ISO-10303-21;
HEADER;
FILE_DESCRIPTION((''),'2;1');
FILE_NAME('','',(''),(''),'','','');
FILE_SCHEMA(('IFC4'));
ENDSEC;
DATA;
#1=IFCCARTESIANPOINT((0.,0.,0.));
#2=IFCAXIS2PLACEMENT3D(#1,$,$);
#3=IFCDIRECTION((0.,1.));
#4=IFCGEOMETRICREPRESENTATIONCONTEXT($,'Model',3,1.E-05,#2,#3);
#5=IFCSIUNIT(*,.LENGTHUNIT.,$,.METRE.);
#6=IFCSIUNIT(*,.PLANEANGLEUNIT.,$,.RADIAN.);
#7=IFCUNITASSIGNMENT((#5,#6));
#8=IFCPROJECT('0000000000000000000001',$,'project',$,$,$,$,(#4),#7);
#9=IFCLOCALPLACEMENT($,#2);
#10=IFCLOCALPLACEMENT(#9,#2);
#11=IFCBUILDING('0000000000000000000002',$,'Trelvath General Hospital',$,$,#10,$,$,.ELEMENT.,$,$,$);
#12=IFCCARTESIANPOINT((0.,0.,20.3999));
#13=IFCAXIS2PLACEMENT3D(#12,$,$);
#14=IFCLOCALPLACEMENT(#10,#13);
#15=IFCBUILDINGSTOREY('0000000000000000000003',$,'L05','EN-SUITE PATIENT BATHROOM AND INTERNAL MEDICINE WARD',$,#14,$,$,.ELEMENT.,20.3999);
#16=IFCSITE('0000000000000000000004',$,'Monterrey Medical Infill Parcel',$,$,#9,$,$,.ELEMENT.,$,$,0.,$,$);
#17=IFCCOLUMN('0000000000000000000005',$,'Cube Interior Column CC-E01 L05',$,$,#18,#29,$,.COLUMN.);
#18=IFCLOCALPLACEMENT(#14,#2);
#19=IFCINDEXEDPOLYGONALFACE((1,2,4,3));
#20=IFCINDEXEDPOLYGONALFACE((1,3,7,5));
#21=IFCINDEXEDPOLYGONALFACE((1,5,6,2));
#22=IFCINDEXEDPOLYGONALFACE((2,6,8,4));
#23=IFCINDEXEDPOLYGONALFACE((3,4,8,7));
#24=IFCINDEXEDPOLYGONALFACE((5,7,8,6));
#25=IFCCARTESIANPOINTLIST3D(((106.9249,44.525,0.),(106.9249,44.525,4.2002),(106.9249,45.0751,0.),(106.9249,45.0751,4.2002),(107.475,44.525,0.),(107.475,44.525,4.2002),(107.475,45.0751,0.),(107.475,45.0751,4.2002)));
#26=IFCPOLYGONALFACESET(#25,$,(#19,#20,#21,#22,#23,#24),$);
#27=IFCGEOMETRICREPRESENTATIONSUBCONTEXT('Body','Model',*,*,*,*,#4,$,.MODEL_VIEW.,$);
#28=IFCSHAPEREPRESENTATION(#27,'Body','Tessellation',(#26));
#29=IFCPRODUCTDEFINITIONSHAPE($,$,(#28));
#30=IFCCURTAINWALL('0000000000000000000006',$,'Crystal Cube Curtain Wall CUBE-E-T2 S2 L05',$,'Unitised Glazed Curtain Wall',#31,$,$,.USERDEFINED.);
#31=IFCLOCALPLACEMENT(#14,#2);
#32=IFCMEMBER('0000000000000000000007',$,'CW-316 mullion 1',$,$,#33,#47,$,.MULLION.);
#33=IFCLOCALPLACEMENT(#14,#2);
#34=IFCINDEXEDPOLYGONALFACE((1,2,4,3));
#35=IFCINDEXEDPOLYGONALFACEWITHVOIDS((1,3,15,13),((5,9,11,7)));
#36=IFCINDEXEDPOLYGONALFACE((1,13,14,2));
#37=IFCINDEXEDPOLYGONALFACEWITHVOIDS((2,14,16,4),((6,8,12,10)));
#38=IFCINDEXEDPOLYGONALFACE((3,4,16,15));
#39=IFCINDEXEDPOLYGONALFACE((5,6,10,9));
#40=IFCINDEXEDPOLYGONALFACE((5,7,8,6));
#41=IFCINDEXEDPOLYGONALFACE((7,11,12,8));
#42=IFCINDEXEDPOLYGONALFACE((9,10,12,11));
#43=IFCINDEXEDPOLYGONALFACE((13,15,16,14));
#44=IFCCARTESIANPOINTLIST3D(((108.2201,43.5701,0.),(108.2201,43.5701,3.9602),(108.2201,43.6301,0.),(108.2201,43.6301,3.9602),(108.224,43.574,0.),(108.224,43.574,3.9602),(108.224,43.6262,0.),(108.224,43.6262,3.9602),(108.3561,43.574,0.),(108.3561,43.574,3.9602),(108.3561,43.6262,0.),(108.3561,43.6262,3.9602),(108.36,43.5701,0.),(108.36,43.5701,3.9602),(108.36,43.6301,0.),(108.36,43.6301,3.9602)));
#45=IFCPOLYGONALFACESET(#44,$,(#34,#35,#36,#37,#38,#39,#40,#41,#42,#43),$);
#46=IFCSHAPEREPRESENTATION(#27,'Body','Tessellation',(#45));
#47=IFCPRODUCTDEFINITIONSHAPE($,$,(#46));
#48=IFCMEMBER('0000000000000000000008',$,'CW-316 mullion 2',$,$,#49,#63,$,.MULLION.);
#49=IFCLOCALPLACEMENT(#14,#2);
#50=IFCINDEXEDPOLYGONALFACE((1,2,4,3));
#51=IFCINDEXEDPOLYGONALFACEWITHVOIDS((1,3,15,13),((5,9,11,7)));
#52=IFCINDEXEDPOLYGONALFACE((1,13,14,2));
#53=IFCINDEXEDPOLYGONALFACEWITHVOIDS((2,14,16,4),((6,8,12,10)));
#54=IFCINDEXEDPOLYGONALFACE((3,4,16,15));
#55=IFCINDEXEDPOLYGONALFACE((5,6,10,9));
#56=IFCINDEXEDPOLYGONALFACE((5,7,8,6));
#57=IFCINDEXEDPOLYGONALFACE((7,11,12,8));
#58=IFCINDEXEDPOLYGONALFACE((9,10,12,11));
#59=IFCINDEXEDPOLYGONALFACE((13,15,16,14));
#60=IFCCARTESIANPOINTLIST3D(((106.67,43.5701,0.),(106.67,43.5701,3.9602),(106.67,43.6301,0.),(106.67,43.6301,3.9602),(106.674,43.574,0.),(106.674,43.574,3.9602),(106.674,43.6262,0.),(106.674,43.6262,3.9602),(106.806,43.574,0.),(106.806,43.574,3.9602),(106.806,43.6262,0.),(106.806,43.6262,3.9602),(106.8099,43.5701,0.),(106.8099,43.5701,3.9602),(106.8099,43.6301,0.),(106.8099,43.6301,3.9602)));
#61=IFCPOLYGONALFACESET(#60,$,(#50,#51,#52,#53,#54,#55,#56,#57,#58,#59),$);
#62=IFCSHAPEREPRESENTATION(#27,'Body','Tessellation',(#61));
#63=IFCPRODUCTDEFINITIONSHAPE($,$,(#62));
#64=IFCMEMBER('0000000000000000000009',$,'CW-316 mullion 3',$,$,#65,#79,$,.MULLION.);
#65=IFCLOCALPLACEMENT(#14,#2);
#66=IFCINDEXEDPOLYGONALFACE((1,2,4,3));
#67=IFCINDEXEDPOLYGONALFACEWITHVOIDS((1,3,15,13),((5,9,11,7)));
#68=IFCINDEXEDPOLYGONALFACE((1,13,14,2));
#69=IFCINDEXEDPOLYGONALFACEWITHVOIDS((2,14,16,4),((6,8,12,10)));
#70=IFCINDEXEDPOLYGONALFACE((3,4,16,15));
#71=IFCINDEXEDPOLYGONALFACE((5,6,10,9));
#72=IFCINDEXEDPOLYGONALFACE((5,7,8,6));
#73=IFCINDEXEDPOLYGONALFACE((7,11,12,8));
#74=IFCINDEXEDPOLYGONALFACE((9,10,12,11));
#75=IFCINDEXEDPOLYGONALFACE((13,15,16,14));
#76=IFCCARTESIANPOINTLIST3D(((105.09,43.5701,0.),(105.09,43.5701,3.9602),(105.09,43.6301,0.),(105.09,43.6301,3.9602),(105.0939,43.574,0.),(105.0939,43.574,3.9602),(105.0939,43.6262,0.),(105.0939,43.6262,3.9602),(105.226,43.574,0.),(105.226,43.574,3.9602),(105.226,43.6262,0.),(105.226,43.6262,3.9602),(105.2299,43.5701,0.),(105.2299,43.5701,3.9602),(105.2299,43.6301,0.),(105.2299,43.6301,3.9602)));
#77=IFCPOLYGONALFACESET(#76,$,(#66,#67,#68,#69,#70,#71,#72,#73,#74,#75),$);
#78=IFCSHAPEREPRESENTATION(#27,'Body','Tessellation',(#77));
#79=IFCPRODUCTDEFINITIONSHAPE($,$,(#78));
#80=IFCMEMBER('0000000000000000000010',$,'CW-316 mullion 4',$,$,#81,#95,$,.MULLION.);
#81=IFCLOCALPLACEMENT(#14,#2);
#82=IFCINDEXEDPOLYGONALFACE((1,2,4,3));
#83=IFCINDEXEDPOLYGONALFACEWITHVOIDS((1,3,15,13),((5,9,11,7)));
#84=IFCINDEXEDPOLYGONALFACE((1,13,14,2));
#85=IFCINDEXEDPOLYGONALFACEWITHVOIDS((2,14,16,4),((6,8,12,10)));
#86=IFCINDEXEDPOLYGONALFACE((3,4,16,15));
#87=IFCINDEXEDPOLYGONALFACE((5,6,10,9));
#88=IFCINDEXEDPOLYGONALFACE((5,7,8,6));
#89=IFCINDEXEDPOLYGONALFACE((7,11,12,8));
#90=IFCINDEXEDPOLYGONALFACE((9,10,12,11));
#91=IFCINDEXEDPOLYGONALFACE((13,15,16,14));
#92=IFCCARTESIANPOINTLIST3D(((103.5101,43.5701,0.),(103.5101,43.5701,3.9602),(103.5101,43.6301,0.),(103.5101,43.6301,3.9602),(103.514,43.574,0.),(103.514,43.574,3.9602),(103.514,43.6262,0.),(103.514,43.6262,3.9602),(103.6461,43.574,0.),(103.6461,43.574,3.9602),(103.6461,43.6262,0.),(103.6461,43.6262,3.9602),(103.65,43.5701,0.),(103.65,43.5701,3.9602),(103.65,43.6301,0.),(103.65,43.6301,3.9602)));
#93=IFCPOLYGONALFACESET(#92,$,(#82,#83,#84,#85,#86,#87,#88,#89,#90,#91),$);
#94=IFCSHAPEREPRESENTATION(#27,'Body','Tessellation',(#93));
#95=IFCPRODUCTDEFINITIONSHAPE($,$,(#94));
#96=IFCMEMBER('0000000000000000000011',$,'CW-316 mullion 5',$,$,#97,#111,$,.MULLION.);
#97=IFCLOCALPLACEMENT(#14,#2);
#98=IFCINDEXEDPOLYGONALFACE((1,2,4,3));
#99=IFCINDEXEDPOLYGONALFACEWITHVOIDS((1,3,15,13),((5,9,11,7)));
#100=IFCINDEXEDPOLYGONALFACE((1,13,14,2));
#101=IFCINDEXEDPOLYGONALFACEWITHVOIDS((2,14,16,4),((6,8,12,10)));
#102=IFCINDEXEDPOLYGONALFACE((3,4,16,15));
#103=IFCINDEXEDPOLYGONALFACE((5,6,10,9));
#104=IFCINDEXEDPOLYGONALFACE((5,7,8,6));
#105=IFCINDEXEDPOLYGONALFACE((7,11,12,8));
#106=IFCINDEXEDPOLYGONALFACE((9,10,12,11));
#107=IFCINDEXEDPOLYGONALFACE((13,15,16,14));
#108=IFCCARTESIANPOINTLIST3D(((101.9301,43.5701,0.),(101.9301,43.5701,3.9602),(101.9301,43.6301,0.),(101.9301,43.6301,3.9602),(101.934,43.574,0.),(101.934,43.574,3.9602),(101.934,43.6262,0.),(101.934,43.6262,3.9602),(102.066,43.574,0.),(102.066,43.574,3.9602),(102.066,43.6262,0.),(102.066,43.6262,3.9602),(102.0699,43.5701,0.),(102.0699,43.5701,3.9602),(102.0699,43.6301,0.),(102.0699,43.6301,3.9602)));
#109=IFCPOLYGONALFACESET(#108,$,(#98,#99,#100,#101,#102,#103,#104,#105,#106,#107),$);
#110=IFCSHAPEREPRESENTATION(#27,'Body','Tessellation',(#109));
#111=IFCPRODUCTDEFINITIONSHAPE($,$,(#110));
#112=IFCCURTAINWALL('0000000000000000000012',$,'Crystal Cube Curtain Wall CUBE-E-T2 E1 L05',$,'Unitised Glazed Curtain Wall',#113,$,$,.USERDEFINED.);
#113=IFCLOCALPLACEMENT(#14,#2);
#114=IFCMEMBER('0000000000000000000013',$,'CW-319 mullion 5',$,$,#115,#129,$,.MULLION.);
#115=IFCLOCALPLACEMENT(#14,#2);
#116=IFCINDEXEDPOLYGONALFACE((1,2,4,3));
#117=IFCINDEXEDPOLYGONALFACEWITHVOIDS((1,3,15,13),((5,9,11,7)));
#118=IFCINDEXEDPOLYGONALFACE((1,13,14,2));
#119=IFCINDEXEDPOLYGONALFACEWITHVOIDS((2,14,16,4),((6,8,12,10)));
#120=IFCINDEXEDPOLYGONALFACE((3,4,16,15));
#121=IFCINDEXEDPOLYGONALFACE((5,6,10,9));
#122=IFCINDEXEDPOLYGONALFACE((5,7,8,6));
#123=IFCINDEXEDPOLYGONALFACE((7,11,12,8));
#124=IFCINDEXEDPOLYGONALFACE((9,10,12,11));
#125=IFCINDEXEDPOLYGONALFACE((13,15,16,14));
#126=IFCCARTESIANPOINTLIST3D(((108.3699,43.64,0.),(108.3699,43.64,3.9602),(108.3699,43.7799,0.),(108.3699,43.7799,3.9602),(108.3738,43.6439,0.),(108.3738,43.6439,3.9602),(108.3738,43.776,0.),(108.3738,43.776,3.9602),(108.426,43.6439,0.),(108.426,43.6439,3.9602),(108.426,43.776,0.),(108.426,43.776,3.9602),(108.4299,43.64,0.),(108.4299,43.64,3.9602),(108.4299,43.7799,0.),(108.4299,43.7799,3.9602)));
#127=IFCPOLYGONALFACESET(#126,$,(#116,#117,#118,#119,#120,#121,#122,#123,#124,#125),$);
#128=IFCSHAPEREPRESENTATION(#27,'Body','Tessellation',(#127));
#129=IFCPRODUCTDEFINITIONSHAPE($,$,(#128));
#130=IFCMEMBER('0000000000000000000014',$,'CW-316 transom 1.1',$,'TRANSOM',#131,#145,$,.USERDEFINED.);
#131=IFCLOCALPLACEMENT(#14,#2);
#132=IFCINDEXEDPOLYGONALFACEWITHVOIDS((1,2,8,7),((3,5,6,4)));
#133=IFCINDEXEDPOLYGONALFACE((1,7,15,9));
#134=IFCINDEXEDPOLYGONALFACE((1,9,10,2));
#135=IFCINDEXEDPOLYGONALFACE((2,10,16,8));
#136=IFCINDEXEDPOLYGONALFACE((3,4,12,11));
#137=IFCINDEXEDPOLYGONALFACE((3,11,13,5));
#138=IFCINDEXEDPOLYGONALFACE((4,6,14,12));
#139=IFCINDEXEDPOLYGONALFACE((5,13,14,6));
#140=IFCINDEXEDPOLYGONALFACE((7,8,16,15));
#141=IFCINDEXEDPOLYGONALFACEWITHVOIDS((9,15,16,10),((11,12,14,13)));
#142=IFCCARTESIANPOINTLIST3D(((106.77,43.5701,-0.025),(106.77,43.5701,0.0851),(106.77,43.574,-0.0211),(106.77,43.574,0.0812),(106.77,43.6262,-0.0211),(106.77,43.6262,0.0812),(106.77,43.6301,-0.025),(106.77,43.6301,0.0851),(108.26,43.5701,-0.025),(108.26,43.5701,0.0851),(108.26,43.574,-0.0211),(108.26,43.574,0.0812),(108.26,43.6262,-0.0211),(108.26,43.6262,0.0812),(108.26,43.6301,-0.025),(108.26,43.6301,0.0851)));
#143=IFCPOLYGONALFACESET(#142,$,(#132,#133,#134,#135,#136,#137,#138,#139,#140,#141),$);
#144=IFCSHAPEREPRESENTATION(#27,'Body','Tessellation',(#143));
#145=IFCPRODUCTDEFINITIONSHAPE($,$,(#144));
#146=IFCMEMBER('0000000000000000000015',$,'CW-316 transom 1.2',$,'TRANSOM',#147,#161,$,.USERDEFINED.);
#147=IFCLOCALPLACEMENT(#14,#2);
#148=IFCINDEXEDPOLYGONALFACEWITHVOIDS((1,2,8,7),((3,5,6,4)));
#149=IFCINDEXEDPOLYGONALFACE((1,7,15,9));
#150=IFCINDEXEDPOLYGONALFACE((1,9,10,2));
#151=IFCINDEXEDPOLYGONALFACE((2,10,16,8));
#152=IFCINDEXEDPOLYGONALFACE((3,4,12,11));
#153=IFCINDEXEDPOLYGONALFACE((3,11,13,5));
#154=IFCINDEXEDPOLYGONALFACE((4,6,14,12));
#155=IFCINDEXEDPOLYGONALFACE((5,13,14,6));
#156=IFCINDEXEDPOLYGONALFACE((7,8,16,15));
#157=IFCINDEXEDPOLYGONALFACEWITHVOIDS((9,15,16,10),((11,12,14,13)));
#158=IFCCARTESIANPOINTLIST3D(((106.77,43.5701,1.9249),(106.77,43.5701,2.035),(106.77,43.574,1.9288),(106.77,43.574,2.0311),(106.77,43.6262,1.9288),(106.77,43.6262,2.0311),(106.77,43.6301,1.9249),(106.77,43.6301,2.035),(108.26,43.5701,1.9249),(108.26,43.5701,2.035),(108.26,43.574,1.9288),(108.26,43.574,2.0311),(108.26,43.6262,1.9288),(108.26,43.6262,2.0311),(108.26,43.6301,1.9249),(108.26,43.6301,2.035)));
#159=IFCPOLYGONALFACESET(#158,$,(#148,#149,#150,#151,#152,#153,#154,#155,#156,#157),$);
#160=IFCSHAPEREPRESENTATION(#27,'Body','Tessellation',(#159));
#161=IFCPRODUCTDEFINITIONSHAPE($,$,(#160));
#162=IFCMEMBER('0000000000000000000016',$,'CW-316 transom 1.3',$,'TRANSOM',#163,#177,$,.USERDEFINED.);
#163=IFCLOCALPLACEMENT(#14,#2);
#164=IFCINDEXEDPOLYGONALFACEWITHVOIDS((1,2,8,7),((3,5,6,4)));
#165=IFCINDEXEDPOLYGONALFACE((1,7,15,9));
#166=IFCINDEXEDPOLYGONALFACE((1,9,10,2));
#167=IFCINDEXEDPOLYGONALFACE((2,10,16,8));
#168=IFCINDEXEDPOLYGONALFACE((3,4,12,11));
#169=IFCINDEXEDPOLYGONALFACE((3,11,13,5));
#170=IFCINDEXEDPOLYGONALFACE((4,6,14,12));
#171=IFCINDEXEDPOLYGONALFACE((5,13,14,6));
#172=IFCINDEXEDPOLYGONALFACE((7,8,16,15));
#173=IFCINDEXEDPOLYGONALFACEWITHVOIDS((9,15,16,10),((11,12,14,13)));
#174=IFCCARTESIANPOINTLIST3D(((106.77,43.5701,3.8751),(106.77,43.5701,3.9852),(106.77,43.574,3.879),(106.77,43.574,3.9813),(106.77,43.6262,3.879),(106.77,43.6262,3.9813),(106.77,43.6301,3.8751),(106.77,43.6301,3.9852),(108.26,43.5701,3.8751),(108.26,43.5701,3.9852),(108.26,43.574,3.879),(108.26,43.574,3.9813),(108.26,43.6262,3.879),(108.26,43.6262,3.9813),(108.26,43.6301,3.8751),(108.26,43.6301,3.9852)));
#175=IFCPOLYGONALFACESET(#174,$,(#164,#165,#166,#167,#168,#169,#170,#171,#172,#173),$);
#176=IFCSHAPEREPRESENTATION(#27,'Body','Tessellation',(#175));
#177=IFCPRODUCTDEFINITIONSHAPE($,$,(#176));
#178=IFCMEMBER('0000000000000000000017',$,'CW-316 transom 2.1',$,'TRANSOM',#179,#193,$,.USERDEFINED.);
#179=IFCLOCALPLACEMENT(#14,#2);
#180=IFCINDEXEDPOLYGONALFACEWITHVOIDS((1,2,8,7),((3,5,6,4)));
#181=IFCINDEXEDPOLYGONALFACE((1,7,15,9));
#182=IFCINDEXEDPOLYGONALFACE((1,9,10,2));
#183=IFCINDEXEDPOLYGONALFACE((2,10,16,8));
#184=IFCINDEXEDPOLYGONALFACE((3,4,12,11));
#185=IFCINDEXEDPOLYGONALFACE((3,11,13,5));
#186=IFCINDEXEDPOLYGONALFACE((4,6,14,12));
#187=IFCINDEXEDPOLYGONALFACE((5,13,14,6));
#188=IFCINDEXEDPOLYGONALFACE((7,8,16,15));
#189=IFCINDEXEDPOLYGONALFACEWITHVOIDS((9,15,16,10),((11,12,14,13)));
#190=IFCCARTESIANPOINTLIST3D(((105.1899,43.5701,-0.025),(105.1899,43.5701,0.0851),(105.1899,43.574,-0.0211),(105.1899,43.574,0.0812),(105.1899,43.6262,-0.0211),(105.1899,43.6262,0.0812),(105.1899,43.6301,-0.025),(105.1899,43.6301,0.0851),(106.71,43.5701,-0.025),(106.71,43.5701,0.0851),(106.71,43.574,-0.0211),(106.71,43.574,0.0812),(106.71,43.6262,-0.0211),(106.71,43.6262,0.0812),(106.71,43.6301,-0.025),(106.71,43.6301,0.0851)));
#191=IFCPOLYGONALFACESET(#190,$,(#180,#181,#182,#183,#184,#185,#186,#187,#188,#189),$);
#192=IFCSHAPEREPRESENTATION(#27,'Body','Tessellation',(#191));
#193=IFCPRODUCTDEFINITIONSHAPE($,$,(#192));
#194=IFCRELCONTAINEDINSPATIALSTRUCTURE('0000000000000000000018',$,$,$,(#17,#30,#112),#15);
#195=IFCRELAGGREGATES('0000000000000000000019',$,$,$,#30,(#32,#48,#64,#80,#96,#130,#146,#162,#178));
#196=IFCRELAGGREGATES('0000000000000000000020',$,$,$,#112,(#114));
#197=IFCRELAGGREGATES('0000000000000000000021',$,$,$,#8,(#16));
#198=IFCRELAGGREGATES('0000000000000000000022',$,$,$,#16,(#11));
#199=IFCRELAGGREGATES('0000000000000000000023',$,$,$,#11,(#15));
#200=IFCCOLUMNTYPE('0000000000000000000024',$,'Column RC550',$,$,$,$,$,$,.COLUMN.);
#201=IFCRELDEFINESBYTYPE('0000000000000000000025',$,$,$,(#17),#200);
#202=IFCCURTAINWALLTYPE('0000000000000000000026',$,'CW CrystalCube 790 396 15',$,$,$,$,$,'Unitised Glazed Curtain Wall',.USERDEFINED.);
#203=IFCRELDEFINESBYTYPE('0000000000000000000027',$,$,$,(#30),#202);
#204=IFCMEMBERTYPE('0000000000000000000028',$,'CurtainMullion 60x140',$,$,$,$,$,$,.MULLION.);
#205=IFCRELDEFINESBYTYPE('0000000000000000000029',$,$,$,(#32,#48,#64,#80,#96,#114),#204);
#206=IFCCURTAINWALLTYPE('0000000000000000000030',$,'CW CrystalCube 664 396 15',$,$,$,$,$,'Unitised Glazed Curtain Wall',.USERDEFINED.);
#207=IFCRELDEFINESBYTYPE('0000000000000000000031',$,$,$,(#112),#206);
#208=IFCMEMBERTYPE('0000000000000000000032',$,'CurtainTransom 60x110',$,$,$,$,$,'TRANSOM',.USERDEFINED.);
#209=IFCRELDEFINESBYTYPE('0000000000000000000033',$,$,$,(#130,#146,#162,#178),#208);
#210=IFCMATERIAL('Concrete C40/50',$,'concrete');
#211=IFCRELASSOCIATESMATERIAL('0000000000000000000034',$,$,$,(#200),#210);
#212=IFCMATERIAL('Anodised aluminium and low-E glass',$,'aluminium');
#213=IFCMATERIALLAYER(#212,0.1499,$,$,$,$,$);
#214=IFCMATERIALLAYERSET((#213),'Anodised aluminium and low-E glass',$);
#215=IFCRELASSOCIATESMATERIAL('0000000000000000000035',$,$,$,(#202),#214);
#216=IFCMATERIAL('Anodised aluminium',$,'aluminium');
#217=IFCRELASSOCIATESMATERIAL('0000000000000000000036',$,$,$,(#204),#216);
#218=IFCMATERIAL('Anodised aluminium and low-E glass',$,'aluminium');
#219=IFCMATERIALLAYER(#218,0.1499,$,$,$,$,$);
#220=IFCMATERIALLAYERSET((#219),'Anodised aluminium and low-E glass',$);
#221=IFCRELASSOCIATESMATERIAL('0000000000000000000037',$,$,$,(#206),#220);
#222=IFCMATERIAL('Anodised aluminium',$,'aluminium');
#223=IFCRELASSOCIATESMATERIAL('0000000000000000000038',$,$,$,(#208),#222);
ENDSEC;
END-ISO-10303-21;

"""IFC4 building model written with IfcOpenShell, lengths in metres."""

from ifc_helpers import new_model, si_unit, direction, frame, origin, origin_2d, place, context, subcontext, project, spatial, rectangle, hollow_rectangle, extrude, material, layer, layer_set, material_profile, profile_set, type_object, element, aggregate, save


model = new_model("IFC4")

# Units and contexts
model_context = context("Model", 3, precision=1e-05, world=origin(), true_north=direction((0.0, 1.0)))
body_context = subcontext(model_context, "Body", "Model", "MODEL_VIEW")
ifc_project = project(units=[si_unit("LENGTHUNIT", "METRE"), si_unit("PLANEANGLEUNIT", "RADIAN")], contexts=[model_context])

# Site, building, storey
site_placement = place(None, origin())
site = spatial("IfcSite", under=ifc_project, at=site_placement, Name="Monterrey Medical Infill Parcel", CompositionType="ELEMENT", RefElevation=0.0)
building_placement = place(site_placement, origin())
building = spatial("IfcBuilding", under=site, at=building_placement, Name="Trelvath General Hospital", CompositionType="ELEMENT")
storey_placement = place(building_placement, frame((0.0, 0.0, 20.3999)))
storey = spatial("IfcBuildingStorey", under=building, at=storey_placement, Name="L05", Description="EN-SUITE PATIENT BATHROOM AND INTERNAL MEDICINE WARD", CompositionType="ELEMENT", Elevation=20.3999)

# Column
ifc_material_1 = material(Name="Concrete C40/50", Category="concrete")
ifc_material_profile_1 = material_profile(ifc_material_1, rectangle(XDim=0.55, YDim=0.55, at=origin_2d()), Name="RC550x550")
ifc_profile_set_1 = profile_set([ifc_material_profile_1], Name="Concrete C40/50")
column_type = type_object("IfcColumnType", Name="Column RC550", PredefinedType="COLUMN", material=ifc_profile_set_1)
column_placement = place(storey_placement, frame((107.2, 44.8, 0.0), z_axis=(0.0, 0.0, 1.0), x_axis=(1.0, 0.0, 0.0)))
element("IfcColumn", 1, at=column_placement, inside=storey, type_object=column_type, Name="Cube Interior Column CC-E01 L05", PredefinedType="COLUMN", context=body_context, shape_type="SweptSolid", body=[
    extrude(rectangle(XDim=0.55, YDim=0.55, at=origin_2d()), origin(), (0.0, 0.0, 1.0), 4.2002),
])

# Curtain wall, members
ifc_material_2 = material(Name="Anodised aluminium and low-E glass", Category="aluminium")
ifc_layer_1 = layer(ifc_material_2, 0.1499)
ifc_layer_set_1 = layer_set([ifc_layer_1], Name="Anodised aluminium and low-E glass")
curtain_wall_type_1 = type_object("IfcCurtainWallType", Name="CW CrystalCube 790 396 15", ElementType="Unitised Glazed Curtain Wall", PredefinedType="USERDEFINED", material=ifc_layer_set_1)
curtain_wall_1_placement = place(storey_placement, origin())
curtain_wall_1 = element("IfcCurtainWall", 2, at=curtain_wall_1_placement, inside=storey, type_object=curtain_wall_type_1, Name="Crystal Cube Curtain Wall CUBE-E-T2 S2 L05", ObjectType="Unitised Glazed Curtain Wall", PredefinedType="USERDEFINED")
ifc_material_3 = material(Name="Anodised aluminium", Category="aluminium")
ifc_material_profile_2 = material_profile(ifc_material_3, hollow_rectangle(XDim=0.0601, YDim=0.1399, WallThickness=0.0039, at=origin_2d()), Name="RHS60x140x4")
ifc_profile_set_2 = profile_set([ifc_material_profile_2], Name="Anodised aluminium")
member_type_1 = type_object("IfcMemberType", Name="CurtainMullion 60x140", PredefinedType="MULLION", material=ifc_profile_set_2)
member_1_placement = place(storey_placement, frame((108.29, 43.6001, 0.0), z_axis=(0.0, 0.0, 1.0), x_axis=(0.0, -1.0, 0.0)))
member_1 = element("IfcMember", 3, at=member_1_placement, type_object=member_type_1, Name="CW-316 mullion 1", PredefinedType="MULLION", context=body_context, shape_type="SweptSolid", body=[
    extrude(hollow_rectangle(XDim=0.0601, YDim=0.1399, WallThickness=0.0039, at=origin_2d()), origin(), (0.0, 0.0, 1.0), 3.9602),
])
member_2_placement = place(storey_placement, frame((106.74, 43.6001, 0.0), z_axis=(0.0, 0.0, 1.0), x_axis=(0.0, -1.0, 0.0)))
member_2 = element("IfcMember", 4, at=member_2_placement, type_object=member_type_1, Name="CW-316 mullion 2", PredefinedType="MULLION", context=body_context, shape_type="SweptSolid", body=[
    extrude(hollow_rectangle(XDim=0.0601, YDim=0.1399, WallThickness=0.0039, at=origin_2d()), origin(), (0.0, 0.0, 1.0), 3.9602),
])
member_3_placement = place(storey_placement, frame((105.1599, 43.6001, 0.0), z_axis=(0.0, 0.0, 1.0), x_axis=(0.0, -1.0, 0.0)))
member_3 = element("IfcMember", 5, at=member_3_placement, type_object=member_type_1, Name="CW-316 mullion 3", PredefinedType="MULLION", context=body_context, shape_type="SweptSolid", body=[
    extrude(hollow_rectangle(XDim=0.0601, YDim=0.1399, WallThickness=0.0039, at=origin_2d()), origin(), (0.0, 0.0, 1.0), 3.9602),
])
member_4_placement = place(storey_placement, frame((103.5801, 43.6001, 0.0), z_axis=(0.0, 0.0, 1.0), x_axis=(0.0, -1.0, 0.0)))
member_4 = element("IfcMember", 6, at=member_4_placement, type_object=member_type_1, Name="CW-316 mullion 4", PredefinedType="MULLION", context=body_context, shape_type="SweptSolid", body=[
    extrude(hollow_rectangle(XDim=0.0601, YDim=0.1399, WallThickness=0.0039, at=origin_2d()), origin(), (0.0, 0.0, 1.0), 3.9602),
])
member_5_placement = place(storey_placement, frame((102.0, 43.6001, 0.0), z_axis=(0.0, 0.0, 1.0), x_axis=(0.0, -1.0, 0.0)))
member_5 = element("IfcMember", 7, at=member_5_placement, type_object=member_type_1, Name="CW-316 mullion 5", PredefinedType="MULLION", context=body_context, shape_type="SweptSolid", body=[
    extrude(hollow_rectangle(XDim=0.0601, YDim=0.1399, WallThickness=0.0039, at=origin_2d()), origin(), (0.0, 0.0, 1.0), 3.9602),
])

# Curtain wall, member
ifc_material_4 = material(Name="Anodised aluminium and low-E glass", Category="aluminium")
ifc_layer_2 = layer(ifc_material_4, 0.1499)
ifc_layer_set_2 = layer_set([ifc_layer_2], Name="Anodised aluminium and low-E glass")
curtain_wall_type_2 = type_object("IfcCurtainWallType", Name="CW CrystalCube 664 396 15", ElementType="Unitised Glazed Curtain Wall", PredefinedType="USERDEFINED", material=ifc_layer_set_2)
curtain_wall_2_placement = place(storey_placement, origin())
curtain_wall_2 = element("IfcCurtainWall", 8, at=curtain_wall_2_placement, inside=storey, type_object=curtain_wall_type_2, Name="Crystal Cube Curtain Wall CUBE-E-T2 E1 L05", ObjectType="Unitised Glazed Curtain Wall", PredefinedType="USERDEFINED")
member_6_placement = place(storey_placement, frame((108.3999, 43.71, 0.0), z_axis=(0.0, 0.0, 1.0), x_axis=(1.0, 0.0, 0.0)))
member_6 = element("IfcMember", 9, at=member_6_placement, type_object=member_type_1, Name="CW-319 mullion 5", PredefinedType="MULLION", context=body_context, shape_type="SweptSolid", body=[
    extrude(hollow_rectangle(XDim=0.0601, YDim=0.1399, WallThickness=0.0039, at=origin_2d()), origin(), (0.0, 0.0, 1.0), 3.9602),
])

# Members
ifc_material_5 = material(Name="Anodised aluminium", Category="aluminium")
ifc_material_profile_3 = material_profile(ifc_material_5, hollow_rectangle(XDim=0.0601, YDim=0.1101, WallThickness=0.0039, at=origin_2d()), Name="RHS60x110x4")
ifc_profile_set_3 = profile_set([ifc_material_profile_3], Name="Anodised aluminium")
member_type_2 = type_object("IfcMemberType", Name="CurtainTransom 60x110", ElementType="TRANSOM", PredefinedType="USERDEFINED", material=ifc_profile_set_3)
member_7_placement = place(storey_placement, frame((108.26, 43.6001, 0.03), z_axis=(-1.0, 0.0, 0.0), x_axis=(0.0, -1.0, 0.0)))
member_7 = element("IfcMember", 10, at=member_7_placement, type_object=member_type_2, Name="CW-316 transom 1.1", ObjectType="TRANSOM", PredefinedType="USERDEFINED", context=body_context, shape_type="SweptSolid", body=[
    extrude(hollow_rectangle(XDim=0.0601, YDim=0.1101, WallThickness=0.0039, at=origin_2d()), origin(), (0.0, 0.0, 1.0), 1.49),
])
member_8_placement = place(storey_placement, frame((108.26, 43.6001, 1.98), z_axis=(-1.0, 0.0, 0.0), x_axis=(0.0, -1.0, 0.0)))
member_8 = element("IfcMember", 11, at=member_8_placement, type_object=member_type_2, Name="CW-316 transom 1.2", ObjectType="TRANSOM", PredefinedType="USERDEFINED", context=body_context, shape_type="SweptSolid", body=[
    extrude(hollow_rectangle(XDim=0.0601, YDim=0.1101, WallThickness=0.0039, at=origin_2d()), origin(), (0.0, 0.0, 1.0), 1.49),
])
member_9_placement = place(storey_placement, frame((108.26, 43.6001, 3.9302), z_axis=(-1.0, 0.0, 0.0), x_axis=(0.0, -1.0, 0.0)))
member_9 = element("IfcMember", 12, at=member_9_placement, type_object=member_type_2, Name="CW-316 transom 1.3", ObjectType="TRANSOM", PredefinedType="USERDEFINED", context=body_context, shape_type="SweptSolid", body=[
    extrude(hollow_rectangle(XDim=0.0601, YDim=0.1101, WallThickness=0.0039, at=origin_2d()), origin(), (0.0, 0.0, 1.0), 1.49),
])
member_10_placement = place(storey_placement, frame((106.71, 43.6001, 0.03), z_axis=(-1.0, 0.0, 0.0), x_axis=(0.0, -1.0, 0.0)))
member_10 = element("IfcMember", 13, at=member_10_placement, type_object=member_type_2, Name="CW-316 transom 2.1", ObjectType="TRANSOM", PredefinedType="USERDEFINED", context=body_context, shape_type="SweptSolid", body=[
    extrude(hollow_rectangle(XDim=0.0601, YDim=0.1101, WallThickness=0.0039, at=origin_2d()), origin(), (0.0, 0.0, 1.0), 1.52),
])

aggregate(curtain_wall_1, [member_1, member_2, member_3, member_4, member_5, member_7, member_8, member_9, member_10])
aggregate(curtain_wall_2, [member_6])

save(model, "model.ifc")
